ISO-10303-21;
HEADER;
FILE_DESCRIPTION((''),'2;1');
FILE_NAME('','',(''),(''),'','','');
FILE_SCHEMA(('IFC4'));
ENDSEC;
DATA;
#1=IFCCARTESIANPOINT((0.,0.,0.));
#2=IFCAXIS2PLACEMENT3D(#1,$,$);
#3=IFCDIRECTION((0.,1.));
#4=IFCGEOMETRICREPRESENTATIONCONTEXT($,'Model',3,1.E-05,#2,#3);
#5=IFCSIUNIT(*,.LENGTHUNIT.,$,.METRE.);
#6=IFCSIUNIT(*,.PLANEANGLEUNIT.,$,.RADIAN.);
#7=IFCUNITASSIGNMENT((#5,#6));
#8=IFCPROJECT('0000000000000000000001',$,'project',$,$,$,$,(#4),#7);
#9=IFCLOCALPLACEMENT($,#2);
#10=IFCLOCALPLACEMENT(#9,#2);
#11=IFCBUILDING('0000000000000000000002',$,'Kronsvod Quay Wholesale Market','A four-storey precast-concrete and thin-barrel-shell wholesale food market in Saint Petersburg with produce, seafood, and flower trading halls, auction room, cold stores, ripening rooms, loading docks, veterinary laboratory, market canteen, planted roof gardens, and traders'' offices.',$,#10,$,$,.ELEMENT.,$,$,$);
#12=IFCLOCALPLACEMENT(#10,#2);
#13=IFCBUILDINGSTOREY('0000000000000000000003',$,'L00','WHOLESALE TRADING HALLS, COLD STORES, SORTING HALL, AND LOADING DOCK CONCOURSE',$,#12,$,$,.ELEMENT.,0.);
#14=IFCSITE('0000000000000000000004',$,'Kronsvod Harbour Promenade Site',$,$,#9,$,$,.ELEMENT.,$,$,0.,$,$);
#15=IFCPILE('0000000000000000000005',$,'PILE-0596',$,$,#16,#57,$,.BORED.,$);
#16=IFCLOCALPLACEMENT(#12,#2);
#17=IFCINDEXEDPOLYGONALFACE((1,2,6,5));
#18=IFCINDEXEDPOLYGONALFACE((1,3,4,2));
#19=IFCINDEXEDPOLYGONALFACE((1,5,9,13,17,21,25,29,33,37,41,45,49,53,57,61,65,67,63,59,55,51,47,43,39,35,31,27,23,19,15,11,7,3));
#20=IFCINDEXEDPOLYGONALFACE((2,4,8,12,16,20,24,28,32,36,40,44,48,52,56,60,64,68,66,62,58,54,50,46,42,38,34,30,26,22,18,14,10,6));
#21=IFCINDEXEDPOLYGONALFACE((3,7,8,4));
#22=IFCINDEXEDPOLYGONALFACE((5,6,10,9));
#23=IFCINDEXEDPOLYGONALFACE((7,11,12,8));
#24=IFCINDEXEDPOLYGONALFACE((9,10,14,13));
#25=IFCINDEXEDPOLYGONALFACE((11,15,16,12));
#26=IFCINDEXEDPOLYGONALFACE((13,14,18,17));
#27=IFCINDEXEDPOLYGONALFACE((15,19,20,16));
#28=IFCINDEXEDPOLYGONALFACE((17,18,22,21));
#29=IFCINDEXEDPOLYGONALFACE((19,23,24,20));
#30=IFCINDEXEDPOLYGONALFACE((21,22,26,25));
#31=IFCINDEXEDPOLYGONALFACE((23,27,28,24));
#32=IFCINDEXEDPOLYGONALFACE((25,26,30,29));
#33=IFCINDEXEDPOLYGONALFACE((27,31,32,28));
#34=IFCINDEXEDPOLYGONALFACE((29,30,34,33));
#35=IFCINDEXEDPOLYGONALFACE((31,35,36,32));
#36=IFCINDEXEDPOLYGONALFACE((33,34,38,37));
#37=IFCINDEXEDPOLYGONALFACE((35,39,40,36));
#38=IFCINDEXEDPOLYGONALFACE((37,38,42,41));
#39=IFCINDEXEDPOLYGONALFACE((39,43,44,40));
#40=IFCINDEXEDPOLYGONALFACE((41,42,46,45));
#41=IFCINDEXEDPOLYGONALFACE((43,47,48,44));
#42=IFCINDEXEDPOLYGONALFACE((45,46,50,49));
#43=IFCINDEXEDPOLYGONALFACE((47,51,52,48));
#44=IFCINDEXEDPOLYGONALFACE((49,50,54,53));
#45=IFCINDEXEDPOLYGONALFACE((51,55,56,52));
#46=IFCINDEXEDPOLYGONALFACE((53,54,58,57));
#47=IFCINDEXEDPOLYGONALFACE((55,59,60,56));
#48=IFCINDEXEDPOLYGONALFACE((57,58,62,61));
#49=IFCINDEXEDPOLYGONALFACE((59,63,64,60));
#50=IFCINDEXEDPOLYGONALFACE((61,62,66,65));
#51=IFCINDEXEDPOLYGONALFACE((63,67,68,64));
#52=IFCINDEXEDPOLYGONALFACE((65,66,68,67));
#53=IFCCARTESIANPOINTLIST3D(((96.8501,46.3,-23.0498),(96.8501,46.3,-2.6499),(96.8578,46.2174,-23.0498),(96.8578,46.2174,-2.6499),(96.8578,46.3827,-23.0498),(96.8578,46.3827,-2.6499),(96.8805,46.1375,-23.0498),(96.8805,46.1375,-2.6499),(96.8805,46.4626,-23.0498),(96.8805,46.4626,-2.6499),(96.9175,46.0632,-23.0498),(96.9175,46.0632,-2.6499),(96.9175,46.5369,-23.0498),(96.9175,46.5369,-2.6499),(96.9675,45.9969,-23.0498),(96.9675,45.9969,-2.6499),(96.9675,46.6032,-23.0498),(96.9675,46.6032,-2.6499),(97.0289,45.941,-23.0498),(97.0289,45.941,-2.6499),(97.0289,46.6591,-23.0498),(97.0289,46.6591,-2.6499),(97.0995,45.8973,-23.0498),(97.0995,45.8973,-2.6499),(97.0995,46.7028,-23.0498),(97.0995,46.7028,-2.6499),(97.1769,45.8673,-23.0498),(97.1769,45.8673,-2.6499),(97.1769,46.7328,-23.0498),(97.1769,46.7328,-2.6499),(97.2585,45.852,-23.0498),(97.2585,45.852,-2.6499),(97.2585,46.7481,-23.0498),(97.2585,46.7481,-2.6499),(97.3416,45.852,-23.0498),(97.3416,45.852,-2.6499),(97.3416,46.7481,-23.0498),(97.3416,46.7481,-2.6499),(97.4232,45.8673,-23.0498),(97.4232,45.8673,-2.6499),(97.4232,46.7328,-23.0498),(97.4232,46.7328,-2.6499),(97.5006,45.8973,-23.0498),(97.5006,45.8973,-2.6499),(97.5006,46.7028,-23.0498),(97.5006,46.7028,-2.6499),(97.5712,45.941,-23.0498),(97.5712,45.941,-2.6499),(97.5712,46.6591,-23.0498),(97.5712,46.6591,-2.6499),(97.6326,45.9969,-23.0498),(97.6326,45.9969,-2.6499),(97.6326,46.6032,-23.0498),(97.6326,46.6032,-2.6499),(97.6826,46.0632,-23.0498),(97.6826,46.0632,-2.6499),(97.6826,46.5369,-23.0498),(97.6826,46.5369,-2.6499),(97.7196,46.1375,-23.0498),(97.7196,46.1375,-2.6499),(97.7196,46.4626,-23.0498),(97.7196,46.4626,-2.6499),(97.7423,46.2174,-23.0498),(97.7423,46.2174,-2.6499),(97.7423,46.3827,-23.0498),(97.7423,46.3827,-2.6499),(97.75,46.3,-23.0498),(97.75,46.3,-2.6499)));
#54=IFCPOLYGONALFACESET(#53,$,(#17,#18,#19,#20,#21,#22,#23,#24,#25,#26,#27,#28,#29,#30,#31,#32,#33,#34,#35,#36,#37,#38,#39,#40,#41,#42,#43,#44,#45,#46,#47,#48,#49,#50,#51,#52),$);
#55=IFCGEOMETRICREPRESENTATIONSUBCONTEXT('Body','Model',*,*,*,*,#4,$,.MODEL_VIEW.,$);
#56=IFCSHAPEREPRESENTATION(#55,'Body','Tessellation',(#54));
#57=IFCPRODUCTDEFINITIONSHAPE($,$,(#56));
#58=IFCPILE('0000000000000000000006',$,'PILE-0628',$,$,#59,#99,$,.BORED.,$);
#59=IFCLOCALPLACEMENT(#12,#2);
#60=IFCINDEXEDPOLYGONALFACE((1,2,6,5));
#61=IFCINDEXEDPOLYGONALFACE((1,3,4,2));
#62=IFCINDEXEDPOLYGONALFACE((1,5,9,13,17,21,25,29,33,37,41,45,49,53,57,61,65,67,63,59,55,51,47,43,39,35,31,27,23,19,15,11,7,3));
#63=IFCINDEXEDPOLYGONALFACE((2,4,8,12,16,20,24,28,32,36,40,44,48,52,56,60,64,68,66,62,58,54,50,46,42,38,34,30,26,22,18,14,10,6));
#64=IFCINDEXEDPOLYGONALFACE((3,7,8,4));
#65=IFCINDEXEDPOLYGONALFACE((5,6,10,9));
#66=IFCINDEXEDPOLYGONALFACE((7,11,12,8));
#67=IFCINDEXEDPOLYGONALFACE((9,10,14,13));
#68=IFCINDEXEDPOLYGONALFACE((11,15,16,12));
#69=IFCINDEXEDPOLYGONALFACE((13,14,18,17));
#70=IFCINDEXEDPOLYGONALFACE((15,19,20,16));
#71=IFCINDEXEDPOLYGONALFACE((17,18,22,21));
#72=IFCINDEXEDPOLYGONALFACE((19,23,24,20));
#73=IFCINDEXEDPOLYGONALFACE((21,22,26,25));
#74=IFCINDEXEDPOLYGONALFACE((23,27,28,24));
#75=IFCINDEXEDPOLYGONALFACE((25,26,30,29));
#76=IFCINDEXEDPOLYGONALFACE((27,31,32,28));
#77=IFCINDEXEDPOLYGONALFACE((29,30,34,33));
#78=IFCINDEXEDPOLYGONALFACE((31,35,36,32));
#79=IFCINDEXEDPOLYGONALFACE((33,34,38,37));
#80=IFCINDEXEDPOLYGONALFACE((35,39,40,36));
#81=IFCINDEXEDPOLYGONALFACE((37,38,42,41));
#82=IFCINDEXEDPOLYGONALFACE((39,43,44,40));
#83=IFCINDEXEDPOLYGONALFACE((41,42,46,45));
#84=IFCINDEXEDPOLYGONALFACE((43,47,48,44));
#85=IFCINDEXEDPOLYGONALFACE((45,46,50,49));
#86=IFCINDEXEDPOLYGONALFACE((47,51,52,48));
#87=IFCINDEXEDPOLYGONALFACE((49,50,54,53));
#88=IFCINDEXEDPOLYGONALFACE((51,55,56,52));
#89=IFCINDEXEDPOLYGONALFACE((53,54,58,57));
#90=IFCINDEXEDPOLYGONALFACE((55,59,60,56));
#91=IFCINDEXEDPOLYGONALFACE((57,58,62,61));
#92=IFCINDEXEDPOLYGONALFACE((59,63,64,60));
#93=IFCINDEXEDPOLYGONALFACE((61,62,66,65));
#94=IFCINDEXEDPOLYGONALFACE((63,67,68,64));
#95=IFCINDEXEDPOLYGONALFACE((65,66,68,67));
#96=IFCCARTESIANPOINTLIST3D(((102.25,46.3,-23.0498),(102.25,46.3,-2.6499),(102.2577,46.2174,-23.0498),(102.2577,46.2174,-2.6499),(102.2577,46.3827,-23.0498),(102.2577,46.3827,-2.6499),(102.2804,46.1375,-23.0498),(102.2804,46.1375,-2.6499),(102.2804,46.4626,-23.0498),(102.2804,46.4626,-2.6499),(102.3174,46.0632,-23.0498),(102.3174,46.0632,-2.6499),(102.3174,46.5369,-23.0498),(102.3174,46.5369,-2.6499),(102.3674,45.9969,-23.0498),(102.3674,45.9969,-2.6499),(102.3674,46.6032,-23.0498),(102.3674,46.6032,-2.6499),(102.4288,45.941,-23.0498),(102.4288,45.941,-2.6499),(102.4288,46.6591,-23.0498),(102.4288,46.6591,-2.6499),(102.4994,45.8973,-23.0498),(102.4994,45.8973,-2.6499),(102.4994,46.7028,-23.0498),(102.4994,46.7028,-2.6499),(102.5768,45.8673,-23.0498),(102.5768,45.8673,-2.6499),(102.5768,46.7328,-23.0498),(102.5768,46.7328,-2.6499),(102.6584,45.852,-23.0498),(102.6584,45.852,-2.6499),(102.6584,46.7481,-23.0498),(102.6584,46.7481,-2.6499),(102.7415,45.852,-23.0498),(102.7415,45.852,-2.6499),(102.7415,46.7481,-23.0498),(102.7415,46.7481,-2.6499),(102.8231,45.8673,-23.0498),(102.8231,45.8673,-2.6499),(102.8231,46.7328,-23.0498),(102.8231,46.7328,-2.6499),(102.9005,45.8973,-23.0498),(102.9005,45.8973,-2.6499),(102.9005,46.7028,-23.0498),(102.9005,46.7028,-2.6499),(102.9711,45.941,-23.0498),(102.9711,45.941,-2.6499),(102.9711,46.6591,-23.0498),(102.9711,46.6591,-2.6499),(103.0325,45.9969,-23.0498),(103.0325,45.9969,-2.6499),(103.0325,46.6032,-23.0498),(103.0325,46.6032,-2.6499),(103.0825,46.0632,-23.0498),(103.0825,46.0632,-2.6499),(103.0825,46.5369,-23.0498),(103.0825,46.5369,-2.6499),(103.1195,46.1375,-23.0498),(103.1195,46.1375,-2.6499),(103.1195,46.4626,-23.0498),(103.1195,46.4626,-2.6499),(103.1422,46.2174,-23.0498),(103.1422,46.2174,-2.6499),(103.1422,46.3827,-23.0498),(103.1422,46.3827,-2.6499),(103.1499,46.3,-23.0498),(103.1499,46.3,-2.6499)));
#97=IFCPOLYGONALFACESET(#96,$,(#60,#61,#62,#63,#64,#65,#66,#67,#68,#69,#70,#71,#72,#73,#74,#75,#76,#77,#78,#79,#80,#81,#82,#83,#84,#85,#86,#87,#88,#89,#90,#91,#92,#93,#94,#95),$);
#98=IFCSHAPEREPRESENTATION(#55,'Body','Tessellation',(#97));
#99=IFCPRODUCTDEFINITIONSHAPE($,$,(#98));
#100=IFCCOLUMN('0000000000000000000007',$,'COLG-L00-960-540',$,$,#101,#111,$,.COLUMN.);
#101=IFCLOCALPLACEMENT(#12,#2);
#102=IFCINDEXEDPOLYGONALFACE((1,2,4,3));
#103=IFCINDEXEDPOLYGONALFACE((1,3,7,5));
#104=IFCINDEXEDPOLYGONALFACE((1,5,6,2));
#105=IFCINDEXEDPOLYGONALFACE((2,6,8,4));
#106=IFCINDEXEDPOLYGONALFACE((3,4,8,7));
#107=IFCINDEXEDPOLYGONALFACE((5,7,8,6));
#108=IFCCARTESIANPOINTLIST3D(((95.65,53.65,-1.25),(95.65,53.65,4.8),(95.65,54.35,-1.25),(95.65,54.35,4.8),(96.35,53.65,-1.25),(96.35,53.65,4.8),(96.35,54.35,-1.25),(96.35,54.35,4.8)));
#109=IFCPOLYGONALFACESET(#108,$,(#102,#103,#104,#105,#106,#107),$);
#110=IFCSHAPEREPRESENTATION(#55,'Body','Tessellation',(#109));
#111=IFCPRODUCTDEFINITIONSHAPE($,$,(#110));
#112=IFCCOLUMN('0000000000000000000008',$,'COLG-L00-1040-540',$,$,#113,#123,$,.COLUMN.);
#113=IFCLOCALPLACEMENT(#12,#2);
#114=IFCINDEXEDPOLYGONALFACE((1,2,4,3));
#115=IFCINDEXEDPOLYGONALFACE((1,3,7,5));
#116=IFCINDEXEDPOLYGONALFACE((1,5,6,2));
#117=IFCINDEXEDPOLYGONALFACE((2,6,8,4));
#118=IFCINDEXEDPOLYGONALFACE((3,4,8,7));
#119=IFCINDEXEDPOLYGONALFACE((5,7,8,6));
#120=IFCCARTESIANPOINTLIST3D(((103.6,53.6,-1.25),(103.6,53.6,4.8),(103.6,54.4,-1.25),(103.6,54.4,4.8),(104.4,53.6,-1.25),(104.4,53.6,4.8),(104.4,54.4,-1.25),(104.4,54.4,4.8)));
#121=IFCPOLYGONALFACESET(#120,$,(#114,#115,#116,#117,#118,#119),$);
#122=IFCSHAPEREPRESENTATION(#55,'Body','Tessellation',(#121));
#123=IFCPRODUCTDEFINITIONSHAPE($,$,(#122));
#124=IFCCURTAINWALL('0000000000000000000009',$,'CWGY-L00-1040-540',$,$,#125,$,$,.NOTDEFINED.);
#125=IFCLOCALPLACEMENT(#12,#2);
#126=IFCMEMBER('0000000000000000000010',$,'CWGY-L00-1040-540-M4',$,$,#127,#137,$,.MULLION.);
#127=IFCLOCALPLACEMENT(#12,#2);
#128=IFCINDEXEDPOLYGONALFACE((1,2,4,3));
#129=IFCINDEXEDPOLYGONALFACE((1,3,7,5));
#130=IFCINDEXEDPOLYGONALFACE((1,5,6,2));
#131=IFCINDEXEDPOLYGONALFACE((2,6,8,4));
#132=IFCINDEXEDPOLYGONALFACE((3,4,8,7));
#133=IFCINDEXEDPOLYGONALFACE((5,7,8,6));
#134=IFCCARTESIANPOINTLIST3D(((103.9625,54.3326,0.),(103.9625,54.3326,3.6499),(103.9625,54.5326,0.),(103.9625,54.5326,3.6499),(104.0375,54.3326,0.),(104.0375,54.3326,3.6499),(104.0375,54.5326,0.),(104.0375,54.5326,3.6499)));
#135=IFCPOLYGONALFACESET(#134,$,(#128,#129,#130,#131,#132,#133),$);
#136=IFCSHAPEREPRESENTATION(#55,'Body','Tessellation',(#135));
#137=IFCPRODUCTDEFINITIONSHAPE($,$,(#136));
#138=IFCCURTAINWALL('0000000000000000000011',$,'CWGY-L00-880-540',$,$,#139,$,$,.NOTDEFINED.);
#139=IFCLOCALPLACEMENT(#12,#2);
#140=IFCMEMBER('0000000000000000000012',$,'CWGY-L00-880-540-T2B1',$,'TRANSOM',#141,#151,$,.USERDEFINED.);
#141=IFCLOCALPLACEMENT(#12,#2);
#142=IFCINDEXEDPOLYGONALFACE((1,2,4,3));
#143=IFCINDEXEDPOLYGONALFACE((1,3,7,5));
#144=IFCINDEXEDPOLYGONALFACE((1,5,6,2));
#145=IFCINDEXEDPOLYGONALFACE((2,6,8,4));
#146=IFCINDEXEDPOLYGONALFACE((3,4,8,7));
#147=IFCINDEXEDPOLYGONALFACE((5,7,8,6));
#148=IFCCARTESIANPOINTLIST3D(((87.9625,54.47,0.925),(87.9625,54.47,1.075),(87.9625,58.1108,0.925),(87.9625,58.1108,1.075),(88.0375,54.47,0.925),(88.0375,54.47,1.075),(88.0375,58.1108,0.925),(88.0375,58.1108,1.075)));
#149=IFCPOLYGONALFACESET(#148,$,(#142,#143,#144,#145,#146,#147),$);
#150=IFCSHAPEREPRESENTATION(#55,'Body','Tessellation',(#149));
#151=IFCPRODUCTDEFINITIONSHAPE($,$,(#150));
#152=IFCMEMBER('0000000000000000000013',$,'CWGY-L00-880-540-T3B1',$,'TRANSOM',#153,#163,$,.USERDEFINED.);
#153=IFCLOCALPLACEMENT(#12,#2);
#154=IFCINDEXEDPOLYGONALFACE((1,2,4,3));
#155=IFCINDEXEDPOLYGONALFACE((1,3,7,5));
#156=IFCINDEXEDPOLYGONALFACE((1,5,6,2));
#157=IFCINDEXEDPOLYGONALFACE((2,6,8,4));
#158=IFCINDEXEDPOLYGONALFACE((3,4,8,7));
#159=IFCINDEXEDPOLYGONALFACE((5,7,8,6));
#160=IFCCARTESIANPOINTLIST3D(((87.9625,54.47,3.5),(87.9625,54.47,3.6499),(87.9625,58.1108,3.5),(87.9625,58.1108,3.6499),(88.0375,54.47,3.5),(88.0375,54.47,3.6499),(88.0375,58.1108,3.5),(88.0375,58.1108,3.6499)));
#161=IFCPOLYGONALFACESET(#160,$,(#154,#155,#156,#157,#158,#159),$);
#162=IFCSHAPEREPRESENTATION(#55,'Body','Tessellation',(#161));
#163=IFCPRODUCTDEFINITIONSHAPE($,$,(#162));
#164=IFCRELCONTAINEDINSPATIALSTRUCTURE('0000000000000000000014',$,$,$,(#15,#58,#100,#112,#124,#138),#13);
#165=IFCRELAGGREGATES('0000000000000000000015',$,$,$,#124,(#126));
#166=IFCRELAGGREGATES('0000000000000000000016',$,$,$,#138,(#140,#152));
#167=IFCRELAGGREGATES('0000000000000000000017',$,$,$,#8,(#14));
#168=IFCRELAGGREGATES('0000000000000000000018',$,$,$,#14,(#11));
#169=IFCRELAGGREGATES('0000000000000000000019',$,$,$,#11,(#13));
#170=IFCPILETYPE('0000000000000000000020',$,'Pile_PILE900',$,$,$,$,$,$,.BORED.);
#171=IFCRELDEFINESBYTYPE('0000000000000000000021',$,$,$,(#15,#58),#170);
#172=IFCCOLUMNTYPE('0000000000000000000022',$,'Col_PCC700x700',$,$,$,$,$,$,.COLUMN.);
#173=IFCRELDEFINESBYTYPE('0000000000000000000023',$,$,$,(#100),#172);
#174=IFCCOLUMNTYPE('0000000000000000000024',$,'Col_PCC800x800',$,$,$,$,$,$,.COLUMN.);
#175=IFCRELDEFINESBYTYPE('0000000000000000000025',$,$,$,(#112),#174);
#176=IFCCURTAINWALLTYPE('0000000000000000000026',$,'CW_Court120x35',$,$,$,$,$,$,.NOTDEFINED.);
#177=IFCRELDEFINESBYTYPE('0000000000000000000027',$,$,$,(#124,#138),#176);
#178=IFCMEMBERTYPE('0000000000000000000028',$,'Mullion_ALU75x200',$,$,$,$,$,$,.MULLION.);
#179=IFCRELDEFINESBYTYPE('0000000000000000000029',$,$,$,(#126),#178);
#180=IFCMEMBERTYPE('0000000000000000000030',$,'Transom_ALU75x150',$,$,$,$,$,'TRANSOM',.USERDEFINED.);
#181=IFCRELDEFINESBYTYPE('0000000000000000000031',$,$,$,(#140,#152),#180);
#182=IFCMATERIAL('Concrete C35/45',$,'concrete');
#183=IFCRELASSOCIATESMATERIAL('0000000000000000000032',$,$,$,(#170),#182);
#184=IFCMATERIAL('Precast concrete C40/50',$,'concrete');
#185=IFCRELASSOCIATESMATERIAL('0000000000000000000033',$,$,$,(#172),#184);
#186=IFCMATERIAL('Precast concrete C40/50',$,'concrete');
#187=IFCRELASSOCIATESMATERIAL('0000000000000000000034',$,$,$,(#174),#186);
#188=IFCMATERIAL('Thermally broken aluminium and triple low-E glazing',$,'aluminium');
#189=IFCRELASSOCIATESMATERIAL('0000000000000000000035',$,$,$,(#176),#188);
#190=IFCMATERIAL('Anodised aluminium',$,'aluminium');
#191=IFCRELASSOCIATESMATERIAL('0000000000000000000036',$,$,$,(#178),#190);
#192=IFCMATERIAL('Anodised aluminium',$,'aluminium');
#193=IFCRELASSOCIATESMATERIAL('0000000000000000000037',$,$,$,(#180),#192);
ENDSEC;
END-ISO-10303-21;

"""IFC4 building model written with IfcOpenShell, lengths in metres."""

from ifc_helpers import new_model, si_unit, direction, frame, origin, origin_2d, place, context, subcontext, project, spatial, rectangle, circle, extrude, material, material_profile, profile_set, type_object, element, aggregate, save


model = new_model("IFC4")

# Units and contexts
model_context = context("Model", 3, precision=1e-05, world=origin(), true_north=direction((0.0, 1.0)))
body_context = subcontext(model_context, "Body", "Model", "MODEL_VIEW")
ifc_project = project(units=[si_unit("LENGTHUNIT", "METRE"), si_unit("PLANEANGLEUNIT", "RADIAN")], contexts=[model_context])

# Site, building, storey
site_placement = place(None, origin())
site = spatial("IfcSite", under=ifc_project, at=site_placement, Name="Kronsvod Harbour Promenade Site", CompositionType="ELEMENT", RefElevation=0.0)
building_placement = place(site_placement, origin())
building = spatial("IfcBuilding", under=site, at=building_placement, Name="Kronsvod Quay Wholesale Market", Description="A four-storey precast-concrete and thin-barrel-shell wholesale food market in Saint Petersburg with produce, seafood, and flower trading halls, auction room, cold stores, ripening rooms, loading docks, veterinary laboratory, market canteen, planted roof gardens, and traders' offices.", CompositionType="ELEMENT")
storey_placement = place(building_placement, origin())
storey = spatial("IfcBuildingStorey", under=building, at=storey_placement, Name="L00", Description="WHOLESALE TRADING HALLS, COLD STORES, SORTING HALL, AND LOADING DOCK CONCOURSE", CompositionType="ELEMENT", Elevation=0.0)

# Piles
ifc_material_1 = material(Name="Concrete C35/45", Category="concrete")
ifc_material_profile_1 = material_profile(ifc_material_1, circle(Radius=0.45, at=origin_2d()), Name="PILE900")
ifc_profile_set_1 = profile_set([ifc_material_profile_1], Name="Concrete C35/45")
pile_type_1 = type_object("IfcPileType", Name="Pile_PILE900", PredefinedType="BORED", material=ifc_profile_set_1)
for number, where, z_axis, x_axis, name in (
    (1, (97.3, 46.3, -2.6499), (0.0, 0.0, -1.0), (1.0, 0.0, 0.0), "PILE-0596"),
    (2, (102.7, 46.3, -2.6499), (0.0, 0.0, -1.0), (1.0, 0.0, 0.0), "PILE-0628"),
):
    element("IfcPile", number, at=place(storey_placement, frame(where, z_axis=z_axis, x_axis=x_axis)), inside=storey, type_object=pile_type_1, Name=name, PredefinedType="BORED", context=body_context, shape_type="SweptSolid", body=[
        extrude(circle(Radius=0.45, at=origin_2d()), origin(), (0.0, 0.0, 1.0), 20.3999),
    ])

# Columns
ifc_material_2 = material(Name="Precast concrete C40/50", Category="concrete")
ifc_material_profile_2 = material_profile(ifc_material_2, rectangle(XDim=0.7, YDim=0.7, at=origin_2d()), Name="PCC700x700")
ifc_profile_set_2 = profile_set([ifc_material_profile_2], Name="Precast concrete C40/50")
column_type_1 = type_object("IfcColumnType", Name="Col_PCC700x700", PredefinedType="COLUMN", material=ifc_profile_set_2)
column_1_placement = place(storey_placement, frame((96.0, 54.0, -1.25), z_axis=(0.0, 0.0, 1.0), x_axis=(1.0, 0.0, 0.0)))
element("IfcColumn", 3, at=column_1_placement, inside=storey, type_object=column_type_1, Name="COLG-L00-960-540", PredefinedType="COLUMN", context=body_context, shape_type="SweptSolid", body=[
    extrude(rectangle(XDim=0.7, YDim=0.7, at=origin_2d()), origin(), (0.0, 0.0, 1.0), 6.05),
])
ifc_material_3 = material(Name="Precast concrete C40/50", Category="concrete")
ifc_material_profile_3 = material_profile(ifc_material_3, rectangle(XDim=0.8, YDim=0.8, at=origin_2d()), Name="PCC800x800")
ifc_profile_set_3 = profile_set([ifc_material_profile_3], Name="Precast concrete C40/50")
column_type_2 = type_object("IfcColumnType", Name="Col_PCC800x800", PredefinedType="COLUMN", material=ifc_profile_set_3)
column_2_placement = place(storey_placement, frame((104.0, 54.0, -1.25), z_axis=(0.0, 0.0, 1.0), x_axis=(1.0, 0.0, 0.0)))
element("IfcColumn", 4, at=column_2_placement, inside=storey, type_object=column_type_2, Name="COLG-L00-1040-540", PredefinedType="COLUMN", context=body_context, shape_type="SweptSolid", body=[
    extrude(rectangle(XDim=0.8, YDim=0.8, at=origin_2d()), origin(), (0.0, 0.0, 1.0), 6.05),
])

# Curtain wall, member
ifc_material_4 = material(Name="Thermally broken aluminium and triple low-E glazing", Category="aluminium")
curtain_wall_type = type_object("IfcCurtainWallType", Name="CW_Court120x35", PredefinedType="NOTDEFINED", material=ifc_material_4)
curtain_wall_1_placement = place(storey_placement, origin())
curtain_wall_1 = element("IfcCurtainWall", 5, at=curtain_wall_1_placement, inside=storey, type_object=curtain_wall_type, Name="CWGY-L00-1040-540", PredefinedType="NOTDEFINED")
ifc_material_5 = material(Name="Anodised aluminium", Category="aluminium")
ifc_material_profile_4 = material_profile(ifc_material_5, rectangle(XDim=0.075, YDim=0.2, at=origin_2d()), Name="ALUM75x200")
ifc_profile_set_4 = profile_set([ifc_material_profile_4], Name="Anodised aluminium")
member_type_1 = type_object("IfcMemberType", Name="Mullion_ALU75x200", PredefinedType="MULLION", material=ifc_profile_set_4)
member_1_placement = place(storey_placement, frame((104.0, 54.4326, 0.0), z_axis=(0.0, 0.0, 1.0), x_axis=(1.0, 0.0, 0.0)))
member_1 = element("IfcMember", 6, at=member_1_placement, type_object=member_type_1, Name="CWGY-L00-1040-540-M4", PredefinedType="MULLION", context=body_context, shape_type="SweptSolid", body=[
    extrude(rectangle(XDim=0.075, YDim=0.2, at=origin_2d()), origin(), (0.0, 0.0, 1.0), 3.6499),
])
aggregate(curtain_wall_1, [member_1])

# Curtain wall, members
curtain_wall_2_placement = place(storey_placement, origin())
curtain_wall_2 = element("IfcCurtainWall", 7, at=curtain_wall_2_placement, inside=storey, type_object=curtain_wall_type, Name="CWGY-L00-880-540", PredefinedType="NOTDEFINED")
ifc_material_6 = material(Name="Anodised aluminium", Category="aluminium")
ifc_material_profile_5 = material_profile(ifc_material_6, rectangle(XDim=0.075, YDim=0.1499, at=origin_2d()), Name="ALUT75x150")
ifc_profile_set_5 = profile_set([ifc_material_profile_5], Name="Anodised aluminium")
member_type_2 = type_object("IfcMemberType", Name="Transom_ALU75x150", ElementType="TRANSOM", PredefinedType="USERDEFINED", material=ifc_profile_set_5)
member_2_placement = place(storey_placement, frame((88.0, 54.47, 1.0), z_axis=(0.0, 1.0, 0.0), x_axis=(-1.0, 0.0, 0.0)))
member_2 = element("IfcMember", 8, at=member_2_placement, type_object=member_type_2, Name="CWGY-L00-880-540-T2B1", ObjectType="TRANSOM", PredefinedType="USERDEFINED", context=body_context, shape_type="SweptSolid", body=[
    extrude(rectangle(XDim=0.075, YDim=0.1499, at=origin_2d()), origin(), (0.0, 0.0, 1.0), 3.6409),
])
member_3_placement = place(storey_placement, frame((88.0, 54.47, 3.575), z_axis=(0.0, 1.0, 0.0), x_axis=(-1.0, 0.0, 0.0)))
member_3 = element("IfcMember", 9, at=member_3_placement, type_object=member_type_2, Name="CWGY-L00-880-540-T3B1", ObjectType="TRANSOM", PredefinedType="USERDEFINED", context=body_context, shape_type="SweptSolid", body=[
    extrude(rectangle(XDim=0.075, YDim=0.1499, at=origin_2d()), origin(), (0.0, 0.0, 1.0), 3.6409),
])
aggregate(curtain_wall_2, [member_2, member_3])

save(model, "model.ifc")
